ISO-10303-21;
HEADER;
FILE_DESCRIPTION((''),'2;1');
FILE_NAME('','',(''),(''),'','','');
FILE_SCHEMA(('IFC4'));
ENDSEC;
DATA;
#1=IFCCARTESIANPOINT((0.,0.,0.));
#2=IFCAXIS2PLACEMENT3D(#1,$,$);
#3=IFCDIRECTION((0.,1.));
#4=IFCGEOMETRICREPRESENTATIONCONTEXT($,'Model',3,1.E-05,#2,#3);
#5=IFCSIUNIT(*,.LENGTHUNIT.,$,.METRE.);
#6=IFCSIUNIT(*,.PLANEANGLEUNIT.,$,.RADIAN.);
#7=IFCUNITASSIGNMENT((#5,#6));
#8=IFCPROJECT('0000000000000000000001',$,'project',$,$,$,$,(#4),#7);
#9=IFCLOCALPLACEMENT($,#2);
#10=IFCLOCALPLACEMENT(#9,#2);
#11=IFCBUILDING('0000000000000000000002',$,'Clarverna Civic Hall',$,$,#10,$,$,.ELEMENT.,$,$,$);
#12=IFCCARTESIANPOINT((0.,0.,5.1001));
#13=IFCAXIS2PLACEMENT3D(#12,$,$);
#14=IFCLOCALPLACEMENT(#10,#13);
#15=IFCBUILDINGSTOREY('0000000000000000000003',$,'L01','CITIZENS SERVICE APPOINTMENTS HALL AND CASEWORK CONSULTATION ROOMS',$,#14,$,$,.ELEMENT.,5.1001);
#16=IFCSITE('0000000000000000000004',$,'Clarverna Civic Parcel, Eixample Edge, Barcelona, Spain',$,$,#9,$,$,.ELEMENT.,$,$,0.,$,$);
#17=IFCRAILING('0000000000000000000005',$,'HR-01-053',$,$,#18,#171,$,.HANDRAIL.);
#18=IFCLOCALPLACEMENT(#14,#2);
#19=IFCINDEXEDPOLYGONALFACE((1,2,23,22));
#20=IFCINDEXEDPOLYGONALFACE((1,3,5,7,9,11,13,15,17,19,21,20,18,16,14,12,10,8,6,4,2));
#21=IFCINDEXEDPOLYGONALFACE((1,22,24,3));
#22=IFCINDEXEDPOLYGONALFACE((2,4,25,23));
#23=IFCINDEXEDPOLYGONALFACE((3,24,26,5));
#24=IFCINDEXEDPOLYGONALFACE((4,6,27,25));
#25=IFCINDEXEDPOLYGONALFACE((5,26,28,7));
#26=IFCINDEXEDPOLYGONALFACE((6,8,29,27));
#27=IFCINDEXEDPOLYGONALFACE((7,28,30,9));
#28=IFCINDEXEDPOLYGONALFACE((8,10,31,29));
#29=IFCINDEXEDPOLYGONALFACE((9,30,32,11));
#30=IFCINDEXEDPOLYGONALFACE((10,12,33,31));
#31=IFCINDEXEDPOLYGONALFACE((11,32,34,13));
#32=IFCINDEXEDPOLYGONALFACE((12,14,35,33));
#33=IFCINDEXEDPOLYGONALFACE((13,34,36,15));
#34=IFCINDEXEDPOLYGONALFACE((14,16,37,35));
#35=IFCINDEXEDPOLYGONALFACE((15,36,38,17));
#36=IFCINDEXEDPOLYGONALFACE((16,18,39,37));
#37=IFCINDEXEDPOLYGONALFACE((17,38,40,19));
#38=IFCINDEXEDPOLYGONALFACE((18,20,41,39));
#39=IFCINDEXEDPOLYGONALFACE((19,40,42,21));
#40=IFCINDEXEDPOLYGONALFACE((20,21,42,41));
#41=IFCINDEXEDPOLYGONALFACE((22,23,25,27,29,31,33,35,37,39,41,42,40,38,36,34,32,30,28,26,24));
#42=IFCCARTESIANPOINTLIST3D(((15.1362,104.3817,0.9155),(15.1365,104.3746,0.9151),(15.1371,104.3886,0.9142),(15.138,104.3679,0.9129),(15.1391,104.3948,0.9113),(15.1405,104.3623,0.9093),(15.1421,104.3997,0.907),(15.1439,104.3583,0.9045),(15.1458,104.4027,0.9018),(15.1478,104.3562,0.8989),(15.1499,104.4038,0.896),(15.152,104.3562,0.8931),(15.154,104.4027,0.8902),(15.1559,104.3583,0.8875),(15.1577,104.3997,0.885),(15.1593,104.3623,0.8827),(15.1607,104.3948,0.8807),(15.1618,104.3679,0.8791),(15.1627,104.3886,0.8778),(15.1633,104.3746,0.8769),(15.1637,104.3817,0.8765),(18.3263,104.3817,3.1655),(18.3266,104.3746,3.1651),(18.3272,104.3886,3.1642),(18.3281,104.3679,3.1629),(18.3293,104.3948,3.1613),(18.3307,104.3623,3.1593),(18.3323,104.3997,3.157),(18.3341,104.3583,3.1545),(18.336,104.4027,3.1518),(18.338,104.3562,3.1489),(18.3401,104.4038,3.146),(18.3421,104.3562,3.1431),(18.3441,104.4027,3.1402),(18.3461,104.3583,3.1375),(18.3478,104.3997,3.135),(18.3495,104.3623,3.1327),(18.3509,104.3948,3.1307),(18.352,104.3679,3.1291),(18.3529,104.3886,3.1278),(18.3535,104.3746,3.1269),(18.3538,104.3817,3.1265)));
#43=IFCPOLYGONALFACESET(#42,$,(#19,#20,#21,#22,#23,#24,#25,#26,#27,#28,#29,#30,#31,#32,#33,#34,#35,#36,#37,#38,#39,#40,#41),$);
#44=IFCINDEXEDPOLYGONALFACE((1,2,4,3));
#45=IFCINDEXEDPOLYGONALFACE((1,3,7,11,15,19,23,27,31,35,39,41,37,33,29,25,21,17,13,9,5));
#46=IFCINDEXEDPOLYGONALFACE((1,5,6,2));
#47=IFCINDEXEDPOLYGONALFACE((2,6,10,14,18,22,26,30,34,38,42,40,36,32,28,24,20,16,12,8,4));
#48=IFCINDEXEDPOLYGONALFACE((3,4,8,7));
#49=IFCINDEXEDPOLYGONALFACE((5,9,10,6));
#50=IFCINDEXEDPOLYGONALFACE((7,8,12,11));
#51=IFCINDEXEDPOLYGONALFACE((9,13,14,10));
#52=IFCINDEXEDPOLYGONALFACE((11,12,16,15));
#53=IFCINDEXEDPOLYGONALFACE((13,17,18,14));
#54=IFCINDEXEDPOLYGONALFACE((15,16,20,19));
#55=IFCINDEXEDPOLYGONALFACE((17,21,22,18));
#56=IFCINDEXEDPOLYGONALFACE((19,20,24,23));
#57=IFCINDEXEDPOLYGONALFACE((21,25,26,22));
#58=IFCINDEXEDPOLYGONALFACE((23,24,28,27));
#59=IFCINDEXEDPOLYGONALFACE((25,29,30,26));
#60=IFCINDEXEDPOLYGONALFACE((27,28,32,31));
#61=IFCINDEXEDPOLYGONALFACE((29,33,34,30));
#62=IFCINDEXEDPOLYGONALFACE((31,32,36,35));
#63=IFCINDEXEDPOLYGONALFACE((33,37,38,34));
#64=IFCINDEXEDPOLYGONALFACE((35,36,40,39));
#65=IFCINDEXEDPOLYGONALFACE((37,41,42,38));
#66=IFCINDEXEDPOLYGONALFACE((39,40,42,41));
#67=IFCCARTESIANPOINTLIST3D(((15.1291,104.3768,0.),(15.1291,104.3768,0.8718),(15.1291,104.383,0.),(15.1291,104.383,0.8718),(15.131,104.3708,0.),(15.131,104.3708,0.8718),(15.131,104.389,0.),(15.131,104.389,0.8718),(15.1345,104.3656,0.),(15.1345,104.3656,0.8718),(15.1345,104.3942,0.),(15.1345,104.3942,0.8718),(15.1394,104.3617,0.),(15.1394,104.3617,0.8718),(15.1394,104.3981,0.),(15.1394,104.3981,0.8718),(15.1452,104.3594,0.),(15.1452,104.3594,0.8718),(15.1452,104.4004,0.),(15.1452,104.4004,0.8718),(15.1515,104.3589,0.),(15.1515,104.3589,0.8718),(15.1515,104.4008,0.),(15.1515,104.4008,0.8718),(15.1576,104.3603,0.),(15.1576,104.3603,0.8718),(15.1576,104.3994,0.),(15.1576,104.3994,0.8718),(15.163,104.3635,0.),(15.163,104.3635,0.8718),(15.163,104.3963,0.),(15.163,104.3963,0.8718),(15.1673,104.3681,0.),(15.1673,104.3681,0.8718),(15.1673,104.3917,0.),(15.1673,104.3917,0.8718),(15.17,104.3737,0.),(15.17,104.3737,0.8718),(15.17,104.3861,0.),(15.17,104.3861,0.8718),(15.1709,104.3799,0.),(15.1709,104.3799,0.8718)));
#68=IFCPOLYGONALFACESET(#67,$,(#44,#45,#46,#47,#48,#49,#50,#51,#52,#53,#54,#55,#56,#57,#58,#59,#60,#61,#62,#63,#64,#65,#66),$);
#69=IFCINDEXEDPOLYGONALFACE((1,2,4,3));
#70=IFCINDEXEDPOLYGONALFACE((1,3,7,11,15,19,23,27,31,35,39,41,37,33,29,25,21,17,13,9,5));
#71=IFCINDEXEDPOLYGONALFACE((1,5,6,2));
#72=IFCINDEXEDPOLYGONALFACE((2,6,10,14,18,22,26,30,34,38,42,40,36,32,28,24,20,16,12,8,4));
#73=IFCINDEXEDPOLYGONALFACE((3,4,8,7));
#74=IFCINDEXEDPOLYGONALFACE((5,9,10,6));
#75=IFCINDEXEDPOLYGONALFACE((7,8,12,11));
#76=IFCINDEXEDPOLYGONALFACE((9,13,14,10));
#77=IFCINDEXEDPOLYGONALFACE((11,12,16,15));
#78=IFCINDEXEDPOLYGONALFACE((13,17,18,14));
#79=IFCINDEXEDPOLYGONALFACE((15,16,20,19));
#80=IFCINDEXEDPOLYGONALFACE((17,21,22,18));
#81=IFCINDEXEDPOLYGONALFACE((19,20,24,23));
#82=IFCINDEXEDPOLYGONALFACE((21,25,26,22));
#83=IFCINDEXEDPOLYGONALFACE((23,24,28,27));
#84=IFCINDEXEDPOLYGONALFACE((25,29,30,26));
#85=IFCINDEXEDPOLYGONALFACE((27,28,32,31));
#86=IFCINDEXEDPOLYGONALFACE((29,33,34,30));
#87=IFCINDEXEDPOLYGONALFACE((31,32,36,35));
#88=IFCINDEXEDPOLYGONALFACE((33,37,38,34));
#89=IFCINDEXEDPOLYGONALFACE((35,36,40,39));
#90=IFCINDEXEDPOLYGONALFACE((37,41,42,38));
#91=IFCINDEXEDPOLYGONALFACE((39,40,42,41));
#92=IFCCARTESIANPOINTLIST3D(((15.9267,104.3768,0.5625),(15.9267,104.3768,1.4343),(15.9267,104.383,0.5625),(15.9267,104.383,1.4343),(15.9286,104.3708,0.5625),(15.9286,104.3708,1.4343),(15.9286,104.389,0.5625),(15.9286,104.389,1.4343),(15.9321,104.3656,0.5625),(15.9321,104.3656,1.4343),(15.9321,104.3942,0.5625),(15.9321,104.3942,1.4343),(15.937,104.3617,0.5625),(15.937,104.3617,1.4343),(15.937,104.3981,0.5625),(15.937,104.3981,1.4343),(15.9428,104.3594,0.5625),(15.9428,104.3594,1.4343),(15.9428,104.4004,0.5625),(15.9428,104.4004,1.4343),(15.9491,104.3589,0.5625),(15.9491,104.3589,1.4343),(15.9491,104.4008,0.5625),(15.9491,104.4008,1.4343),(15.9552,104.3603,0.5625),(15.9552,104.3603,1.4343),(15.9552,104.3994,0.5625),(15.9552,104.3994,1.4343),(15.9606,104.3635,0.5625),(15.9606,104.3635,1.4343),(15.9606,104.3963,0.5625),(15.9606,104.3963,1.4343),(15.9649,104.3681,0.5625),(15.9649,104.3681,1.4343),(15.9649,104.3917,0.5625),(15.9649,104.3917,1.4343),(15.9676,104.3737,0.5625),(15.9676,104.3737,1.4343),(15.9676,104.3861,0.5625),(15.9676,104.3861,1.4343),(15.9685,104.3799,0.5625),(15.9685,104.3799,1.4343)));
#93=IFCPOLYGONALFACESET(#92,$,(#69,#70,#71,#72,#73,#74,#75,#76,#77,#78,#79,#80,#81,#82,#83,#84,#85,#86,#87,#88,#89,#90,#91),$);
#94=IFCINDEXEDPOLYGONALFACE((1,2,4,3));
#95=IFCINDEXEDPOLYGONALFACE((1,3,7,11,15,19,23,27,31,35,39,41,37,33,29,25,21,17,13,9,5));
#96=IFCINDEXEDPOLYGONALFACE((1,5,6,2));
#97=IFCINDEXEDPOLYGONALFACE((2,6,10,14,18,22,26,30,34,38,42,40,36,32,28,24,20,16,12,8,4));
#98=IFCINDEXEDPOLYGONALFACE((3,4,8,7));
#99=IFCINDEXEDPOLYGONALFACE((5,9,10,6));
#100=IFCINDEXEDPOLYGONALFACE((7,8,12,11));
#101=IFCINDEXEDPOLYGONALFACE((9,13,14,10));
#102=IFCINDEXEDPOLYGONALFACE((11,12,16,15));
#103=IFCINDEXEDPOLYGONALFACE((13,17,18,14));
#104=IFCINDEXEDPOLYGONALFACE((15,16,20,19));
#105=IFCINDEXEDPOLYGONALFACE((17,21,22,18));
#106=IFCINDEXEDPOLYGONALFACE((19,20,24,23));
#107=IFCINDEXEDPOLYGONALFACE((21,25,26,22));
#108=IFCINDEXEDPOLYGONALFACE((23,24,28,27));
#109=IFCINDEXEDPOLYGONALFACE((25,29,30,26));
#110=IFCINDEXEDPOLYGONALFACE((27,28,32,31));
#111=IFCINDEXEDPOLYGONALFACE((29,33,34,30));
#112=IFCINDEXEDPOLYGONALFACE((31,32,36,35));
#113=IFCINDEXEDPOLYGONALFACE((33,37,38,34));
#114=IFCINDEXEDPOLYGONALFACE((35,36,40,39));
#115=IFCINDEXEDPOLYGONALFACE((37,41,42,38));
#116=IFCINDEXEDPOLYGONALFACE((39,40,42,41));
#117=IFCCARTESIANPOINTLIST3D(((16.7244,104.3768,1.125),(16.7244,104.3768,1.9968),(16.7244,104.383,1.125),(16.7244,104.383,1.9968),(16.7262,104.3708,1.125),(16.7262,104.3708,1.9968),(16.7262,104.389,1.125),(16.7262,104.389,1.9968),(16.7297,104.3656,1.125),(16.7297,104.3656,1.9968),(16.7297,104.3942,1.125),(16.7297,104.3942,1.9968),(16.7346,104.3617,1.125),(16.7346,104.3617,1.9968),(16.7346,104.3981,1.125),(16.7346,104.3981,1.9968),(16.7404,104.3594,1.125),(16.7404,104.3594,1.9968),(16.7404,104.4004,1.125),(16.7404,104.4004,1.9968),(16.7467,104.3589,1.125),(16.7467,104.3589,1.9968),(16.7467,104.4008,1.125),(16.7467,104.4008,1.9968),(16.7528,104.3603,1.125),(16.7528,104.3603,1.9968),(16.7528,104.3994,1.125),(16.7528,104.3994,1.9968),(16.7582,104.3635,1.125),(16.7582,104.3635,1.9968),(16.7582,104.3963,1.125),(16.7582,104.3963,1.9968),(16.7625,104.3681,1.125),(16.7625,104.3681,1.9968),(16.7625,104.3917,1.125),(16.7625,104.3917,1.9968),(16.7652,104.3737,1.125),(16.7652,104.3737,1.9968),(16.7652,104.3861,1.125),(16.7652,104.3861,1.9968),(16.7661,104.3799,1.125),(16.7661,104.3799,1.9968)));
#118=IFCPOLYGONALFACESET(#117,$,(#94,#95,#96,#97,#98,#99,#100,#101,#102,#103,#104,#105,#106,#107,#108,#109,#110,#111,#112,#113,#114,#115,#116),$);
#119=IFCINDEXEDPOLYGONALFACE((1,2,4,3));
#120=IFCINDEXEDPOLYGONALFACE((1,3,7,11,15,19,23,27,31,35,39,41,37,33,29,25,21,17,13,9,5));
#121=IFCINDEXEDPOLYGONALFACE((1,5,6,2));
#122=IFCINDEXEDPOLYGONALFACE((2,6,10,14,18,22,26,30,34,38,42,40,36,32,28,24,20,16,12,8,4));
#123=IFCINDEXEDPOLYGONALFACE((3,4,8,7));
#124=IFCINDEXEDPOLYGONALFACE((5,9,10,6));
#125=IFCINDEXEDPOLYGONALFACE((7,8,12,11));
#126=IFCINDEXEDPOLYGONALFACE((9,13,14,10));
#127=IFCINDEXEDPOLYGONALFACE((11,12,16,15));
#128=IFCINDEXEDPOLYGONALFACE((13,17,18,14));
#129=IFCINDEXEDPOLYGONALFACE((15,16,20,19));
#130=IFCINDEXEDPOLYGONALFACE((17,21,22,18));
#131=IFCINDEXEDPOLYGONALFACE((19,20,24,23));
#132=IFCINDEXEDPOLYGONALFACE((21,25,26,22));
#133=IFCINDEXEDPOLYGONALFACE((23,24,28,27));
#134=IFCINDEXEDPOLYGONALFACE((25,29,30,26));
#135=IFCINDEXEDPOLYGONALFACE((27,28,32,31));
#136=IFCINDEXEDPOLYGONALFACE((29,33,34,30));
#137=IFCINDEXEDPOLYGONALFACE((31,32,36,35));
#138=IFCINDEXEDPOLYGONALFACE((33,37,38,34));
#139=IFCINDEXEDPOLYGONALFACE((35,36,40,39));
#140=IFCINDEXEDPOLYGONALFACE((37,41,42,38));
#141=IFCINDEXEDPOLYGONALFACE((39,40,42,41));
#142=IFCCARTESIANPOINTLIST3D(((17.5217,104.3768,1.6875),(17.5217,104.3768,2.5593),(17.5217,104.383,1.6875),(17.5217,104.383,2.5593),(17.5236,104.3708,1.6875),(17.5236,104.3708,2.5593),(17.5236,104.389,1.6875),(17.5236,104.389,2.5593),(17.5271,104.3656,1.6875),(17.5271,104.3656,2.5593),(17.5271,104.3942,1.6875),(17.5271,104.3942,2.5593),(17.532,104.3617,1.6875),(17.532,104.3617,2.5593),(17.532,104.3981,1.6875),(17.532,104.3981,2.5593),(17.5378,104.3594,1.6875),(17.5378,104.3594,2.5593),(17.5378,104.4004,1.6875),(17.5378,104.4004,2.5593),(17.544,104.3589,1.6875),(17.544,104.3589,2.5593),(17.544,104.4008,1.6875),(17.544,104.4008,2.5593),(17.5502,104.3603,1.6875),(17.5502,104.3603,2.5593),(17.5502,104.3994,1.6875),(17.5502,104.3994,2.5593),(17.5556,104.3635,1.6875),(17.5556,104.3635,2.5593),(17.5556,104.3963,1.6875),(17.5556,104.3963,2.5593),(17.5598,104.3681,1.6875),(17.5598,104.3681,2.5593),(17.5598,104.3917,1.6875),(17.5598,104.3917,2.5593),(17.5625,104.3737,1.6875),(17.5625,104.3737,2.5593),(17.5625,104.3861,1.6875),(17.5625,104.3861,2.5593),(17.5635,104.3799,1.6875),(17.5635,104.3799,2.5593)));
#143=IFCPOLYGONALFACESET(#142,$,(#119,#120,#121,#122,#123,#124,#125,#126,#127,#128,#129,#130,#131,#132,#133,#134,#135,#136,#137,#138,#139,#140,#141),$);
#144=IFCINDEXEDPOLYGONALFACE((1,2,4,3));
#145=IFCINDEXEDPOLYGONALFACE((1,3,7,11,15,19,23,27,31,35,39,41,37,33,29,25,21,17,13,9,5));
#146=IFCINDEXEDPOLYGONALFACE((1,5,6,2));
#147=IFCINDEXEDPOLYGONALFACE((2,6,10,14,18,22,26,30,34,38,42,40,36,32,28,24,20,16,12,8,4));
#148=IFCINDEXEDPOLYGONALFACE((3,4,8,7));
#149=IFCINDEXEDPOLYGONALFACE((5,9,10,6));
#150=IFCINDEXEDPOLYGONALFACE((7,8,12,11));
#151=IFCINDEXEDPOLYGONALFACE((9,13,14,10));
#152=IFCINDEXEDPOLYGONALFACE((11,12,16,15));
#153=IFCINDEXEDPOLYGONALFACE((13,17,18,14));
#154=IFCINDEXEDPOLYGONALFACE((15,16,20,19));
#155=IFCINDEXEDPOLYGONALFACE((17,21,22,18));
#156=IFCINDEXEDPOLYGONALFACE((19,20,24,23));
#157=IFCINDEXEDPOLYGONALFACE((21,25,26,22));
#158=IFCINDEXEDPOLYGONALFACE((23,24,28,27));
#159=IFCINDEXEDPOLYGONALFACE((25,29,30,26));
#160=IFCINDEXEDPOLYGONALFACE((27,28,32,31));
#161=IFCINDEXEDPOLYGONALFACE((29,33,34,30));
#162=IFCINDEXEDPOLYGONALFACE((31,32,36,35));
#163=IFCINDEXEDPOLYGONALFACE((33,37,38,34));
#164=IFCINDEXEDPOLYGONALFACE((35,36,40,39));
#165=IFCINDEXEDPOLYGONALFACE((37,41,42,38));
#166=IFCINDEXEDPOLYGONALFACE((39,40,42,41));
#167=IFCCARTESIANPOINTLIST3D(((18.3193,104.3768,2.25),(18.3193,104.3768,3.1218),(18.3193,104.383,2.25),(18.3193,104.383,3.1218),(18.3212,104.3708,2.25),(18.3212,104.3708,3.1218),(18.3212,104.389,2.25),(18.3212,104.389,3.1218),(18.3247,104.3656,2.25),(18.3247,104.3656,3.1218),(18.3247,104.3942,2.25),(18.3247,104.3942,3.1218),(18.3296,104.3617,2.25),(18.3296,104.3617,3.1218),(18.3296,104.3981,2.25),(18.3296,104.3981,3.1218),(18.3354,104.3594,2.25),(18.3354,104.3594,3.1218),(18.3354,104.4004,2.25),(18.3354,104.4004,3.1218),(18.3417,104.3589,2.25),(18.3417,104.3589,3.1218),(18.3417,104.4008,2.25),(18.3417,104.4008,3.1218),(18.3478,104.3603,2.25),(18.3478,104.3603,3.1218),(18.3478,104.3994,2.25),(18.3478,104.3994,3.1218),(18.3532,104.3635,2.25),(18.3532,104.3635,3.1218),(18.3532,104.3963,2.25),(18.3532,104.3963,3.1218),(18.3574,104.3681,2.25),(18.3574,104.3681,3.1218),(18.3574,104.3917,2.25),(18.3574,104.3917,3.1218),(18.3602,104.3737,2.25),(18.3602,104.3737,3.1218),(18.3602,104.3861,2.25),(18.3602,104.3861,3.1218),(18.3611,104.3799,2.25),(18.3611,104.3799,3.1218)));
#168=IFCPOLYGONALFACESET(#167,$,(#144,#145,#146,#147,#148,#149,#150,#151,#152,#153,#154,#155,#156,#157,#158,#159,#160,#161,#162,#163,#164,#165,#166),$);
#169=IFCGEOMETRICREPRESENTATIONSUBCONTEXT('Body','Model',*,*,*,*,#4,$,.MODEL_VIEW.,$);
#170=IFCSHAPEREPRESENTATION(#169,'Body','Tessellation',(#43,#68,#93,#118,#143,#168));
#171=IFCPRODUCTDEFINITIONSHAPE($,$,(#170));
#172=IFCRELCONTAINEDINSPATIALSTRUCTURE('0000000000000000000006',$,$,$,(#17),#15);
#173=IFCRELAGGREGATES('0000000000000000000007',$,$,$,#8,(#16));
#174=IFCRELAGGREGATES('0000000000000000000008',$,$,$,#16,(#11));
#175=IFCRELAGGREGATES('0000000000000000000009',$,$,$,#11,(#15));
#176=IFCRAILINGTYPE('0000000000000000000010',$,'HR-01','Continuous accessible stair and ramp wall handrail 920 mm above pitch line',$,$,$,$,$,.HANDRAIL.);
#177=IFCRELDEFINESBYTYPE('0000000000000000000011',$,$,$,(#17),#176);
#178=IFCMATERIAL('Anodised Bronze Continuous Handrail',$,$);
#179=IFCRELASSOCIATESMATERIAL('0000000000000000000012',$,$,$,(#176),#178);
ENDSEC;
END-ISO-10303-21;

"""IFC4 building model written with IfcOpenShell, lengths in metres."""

from ifc_helpers import new_model, si_unit, direction, frame, origin, origin_2d, place, context, subcontext, project, spatial, circle, extrude, material, type_object, element, save


model = new_model("IFC4")

# Units and contexts
model_context = context("Model", 3, precision=1e-05, world=origin(), true_north=direction((0.0, 1.0)))
body_context = subcontext(model_context, "Body", "Model", "MODEL_VIEW")
ifc_project = project(units=[si_unit("LENGTHUNIT", "METRE"), si_unit("PLANEANGLEUNIT", "RADIAN")], contexts=[model_context])

# Site, building, storey
site_placement = place(None, origin())
site = spatial("IfcSite", under=ifc_project, at=site_placement, Name="Clarverna Civic Parcel, Eixample Edge, Barcelona, Spain", CompositionType="ELEMENT", RefElevation=0.0)
building_placement = place(site_placement, origin())
building = spatial("IfcBuilding", under=site, at=building_placement, Name="Clarverna Civic Hall", CompositionType="ELEMENT")
storey_placement = place(building_placement, frame((0.0, 0.0, 5.1001)))
storey = spatial("IfcBuildingStorey", under=building, at=storey_placement, Name="L01", Description="CITIZENS SERVICE APPOINTMENTS HALL AND CASEWORK CONSULTATION ROOMS", CompositionType="ELEMENT", Elevation=5.1001)

# Railing
ifc_material_1 = material(Name="Anodised Bronze Continuous Handrail")
railing_type_1 = type_object("IfcRailingType", Name="HR-01", Description="Continuous accessible stair and ramp wall handrail 920 mm above pitch line", PredefinedType="HANDRAIL", material=ifc_material_1)
railing_1_placement = place(storey_placement, frame((15.1499, 104.3799, 0.0)))
element("IfcRailing", 1, at=railing_1_placement, inside=storey, type_object=railing_type_1, Name="HR-01-053", PredefinedType="HANDRAIL", context=body_context, shape_type="SweptSolid", body=[
    extrude(circle(Radius=0.0239, at=origin_2d()), frame((0.0, 0.0, 0.896), z_axis=(0.817197, 0.0, 0.576359), x_axis=(0.0, 1.0, 0.0)), (0.0, 0.0, 1.0), 3.9038),
    extrude(circle(Radius=0.021, at=origin_2d()), origin(), (0.0, 0.0, 1.0), 0.8718),
    extrude(circle(Radius=0.021, at=origin_2d()), frame((0.7976, 0.0, 0.5625)), (0.0, 0.0, 1.0), 0.8718),
    extrude(circle(Radius=0.021, at=origin_2d()), frame((1.5952, 0.0, 1.125)), (0.0, 0.0, 1.0), 0.8718),
    extrude(circle(Radius=0.021, at=origin_2d()), frame((2.3926, 0.0, 1.6875)), (0.0, 0.0, 1.0), 0.8718),
    extrude(circle(Radius=0.021, at=origin_2d()), frame((3.1902, 0.0, 2.25)), (0.0, 0.0, 1.0), 0.8718),
])

save(model, "model.ifc")
